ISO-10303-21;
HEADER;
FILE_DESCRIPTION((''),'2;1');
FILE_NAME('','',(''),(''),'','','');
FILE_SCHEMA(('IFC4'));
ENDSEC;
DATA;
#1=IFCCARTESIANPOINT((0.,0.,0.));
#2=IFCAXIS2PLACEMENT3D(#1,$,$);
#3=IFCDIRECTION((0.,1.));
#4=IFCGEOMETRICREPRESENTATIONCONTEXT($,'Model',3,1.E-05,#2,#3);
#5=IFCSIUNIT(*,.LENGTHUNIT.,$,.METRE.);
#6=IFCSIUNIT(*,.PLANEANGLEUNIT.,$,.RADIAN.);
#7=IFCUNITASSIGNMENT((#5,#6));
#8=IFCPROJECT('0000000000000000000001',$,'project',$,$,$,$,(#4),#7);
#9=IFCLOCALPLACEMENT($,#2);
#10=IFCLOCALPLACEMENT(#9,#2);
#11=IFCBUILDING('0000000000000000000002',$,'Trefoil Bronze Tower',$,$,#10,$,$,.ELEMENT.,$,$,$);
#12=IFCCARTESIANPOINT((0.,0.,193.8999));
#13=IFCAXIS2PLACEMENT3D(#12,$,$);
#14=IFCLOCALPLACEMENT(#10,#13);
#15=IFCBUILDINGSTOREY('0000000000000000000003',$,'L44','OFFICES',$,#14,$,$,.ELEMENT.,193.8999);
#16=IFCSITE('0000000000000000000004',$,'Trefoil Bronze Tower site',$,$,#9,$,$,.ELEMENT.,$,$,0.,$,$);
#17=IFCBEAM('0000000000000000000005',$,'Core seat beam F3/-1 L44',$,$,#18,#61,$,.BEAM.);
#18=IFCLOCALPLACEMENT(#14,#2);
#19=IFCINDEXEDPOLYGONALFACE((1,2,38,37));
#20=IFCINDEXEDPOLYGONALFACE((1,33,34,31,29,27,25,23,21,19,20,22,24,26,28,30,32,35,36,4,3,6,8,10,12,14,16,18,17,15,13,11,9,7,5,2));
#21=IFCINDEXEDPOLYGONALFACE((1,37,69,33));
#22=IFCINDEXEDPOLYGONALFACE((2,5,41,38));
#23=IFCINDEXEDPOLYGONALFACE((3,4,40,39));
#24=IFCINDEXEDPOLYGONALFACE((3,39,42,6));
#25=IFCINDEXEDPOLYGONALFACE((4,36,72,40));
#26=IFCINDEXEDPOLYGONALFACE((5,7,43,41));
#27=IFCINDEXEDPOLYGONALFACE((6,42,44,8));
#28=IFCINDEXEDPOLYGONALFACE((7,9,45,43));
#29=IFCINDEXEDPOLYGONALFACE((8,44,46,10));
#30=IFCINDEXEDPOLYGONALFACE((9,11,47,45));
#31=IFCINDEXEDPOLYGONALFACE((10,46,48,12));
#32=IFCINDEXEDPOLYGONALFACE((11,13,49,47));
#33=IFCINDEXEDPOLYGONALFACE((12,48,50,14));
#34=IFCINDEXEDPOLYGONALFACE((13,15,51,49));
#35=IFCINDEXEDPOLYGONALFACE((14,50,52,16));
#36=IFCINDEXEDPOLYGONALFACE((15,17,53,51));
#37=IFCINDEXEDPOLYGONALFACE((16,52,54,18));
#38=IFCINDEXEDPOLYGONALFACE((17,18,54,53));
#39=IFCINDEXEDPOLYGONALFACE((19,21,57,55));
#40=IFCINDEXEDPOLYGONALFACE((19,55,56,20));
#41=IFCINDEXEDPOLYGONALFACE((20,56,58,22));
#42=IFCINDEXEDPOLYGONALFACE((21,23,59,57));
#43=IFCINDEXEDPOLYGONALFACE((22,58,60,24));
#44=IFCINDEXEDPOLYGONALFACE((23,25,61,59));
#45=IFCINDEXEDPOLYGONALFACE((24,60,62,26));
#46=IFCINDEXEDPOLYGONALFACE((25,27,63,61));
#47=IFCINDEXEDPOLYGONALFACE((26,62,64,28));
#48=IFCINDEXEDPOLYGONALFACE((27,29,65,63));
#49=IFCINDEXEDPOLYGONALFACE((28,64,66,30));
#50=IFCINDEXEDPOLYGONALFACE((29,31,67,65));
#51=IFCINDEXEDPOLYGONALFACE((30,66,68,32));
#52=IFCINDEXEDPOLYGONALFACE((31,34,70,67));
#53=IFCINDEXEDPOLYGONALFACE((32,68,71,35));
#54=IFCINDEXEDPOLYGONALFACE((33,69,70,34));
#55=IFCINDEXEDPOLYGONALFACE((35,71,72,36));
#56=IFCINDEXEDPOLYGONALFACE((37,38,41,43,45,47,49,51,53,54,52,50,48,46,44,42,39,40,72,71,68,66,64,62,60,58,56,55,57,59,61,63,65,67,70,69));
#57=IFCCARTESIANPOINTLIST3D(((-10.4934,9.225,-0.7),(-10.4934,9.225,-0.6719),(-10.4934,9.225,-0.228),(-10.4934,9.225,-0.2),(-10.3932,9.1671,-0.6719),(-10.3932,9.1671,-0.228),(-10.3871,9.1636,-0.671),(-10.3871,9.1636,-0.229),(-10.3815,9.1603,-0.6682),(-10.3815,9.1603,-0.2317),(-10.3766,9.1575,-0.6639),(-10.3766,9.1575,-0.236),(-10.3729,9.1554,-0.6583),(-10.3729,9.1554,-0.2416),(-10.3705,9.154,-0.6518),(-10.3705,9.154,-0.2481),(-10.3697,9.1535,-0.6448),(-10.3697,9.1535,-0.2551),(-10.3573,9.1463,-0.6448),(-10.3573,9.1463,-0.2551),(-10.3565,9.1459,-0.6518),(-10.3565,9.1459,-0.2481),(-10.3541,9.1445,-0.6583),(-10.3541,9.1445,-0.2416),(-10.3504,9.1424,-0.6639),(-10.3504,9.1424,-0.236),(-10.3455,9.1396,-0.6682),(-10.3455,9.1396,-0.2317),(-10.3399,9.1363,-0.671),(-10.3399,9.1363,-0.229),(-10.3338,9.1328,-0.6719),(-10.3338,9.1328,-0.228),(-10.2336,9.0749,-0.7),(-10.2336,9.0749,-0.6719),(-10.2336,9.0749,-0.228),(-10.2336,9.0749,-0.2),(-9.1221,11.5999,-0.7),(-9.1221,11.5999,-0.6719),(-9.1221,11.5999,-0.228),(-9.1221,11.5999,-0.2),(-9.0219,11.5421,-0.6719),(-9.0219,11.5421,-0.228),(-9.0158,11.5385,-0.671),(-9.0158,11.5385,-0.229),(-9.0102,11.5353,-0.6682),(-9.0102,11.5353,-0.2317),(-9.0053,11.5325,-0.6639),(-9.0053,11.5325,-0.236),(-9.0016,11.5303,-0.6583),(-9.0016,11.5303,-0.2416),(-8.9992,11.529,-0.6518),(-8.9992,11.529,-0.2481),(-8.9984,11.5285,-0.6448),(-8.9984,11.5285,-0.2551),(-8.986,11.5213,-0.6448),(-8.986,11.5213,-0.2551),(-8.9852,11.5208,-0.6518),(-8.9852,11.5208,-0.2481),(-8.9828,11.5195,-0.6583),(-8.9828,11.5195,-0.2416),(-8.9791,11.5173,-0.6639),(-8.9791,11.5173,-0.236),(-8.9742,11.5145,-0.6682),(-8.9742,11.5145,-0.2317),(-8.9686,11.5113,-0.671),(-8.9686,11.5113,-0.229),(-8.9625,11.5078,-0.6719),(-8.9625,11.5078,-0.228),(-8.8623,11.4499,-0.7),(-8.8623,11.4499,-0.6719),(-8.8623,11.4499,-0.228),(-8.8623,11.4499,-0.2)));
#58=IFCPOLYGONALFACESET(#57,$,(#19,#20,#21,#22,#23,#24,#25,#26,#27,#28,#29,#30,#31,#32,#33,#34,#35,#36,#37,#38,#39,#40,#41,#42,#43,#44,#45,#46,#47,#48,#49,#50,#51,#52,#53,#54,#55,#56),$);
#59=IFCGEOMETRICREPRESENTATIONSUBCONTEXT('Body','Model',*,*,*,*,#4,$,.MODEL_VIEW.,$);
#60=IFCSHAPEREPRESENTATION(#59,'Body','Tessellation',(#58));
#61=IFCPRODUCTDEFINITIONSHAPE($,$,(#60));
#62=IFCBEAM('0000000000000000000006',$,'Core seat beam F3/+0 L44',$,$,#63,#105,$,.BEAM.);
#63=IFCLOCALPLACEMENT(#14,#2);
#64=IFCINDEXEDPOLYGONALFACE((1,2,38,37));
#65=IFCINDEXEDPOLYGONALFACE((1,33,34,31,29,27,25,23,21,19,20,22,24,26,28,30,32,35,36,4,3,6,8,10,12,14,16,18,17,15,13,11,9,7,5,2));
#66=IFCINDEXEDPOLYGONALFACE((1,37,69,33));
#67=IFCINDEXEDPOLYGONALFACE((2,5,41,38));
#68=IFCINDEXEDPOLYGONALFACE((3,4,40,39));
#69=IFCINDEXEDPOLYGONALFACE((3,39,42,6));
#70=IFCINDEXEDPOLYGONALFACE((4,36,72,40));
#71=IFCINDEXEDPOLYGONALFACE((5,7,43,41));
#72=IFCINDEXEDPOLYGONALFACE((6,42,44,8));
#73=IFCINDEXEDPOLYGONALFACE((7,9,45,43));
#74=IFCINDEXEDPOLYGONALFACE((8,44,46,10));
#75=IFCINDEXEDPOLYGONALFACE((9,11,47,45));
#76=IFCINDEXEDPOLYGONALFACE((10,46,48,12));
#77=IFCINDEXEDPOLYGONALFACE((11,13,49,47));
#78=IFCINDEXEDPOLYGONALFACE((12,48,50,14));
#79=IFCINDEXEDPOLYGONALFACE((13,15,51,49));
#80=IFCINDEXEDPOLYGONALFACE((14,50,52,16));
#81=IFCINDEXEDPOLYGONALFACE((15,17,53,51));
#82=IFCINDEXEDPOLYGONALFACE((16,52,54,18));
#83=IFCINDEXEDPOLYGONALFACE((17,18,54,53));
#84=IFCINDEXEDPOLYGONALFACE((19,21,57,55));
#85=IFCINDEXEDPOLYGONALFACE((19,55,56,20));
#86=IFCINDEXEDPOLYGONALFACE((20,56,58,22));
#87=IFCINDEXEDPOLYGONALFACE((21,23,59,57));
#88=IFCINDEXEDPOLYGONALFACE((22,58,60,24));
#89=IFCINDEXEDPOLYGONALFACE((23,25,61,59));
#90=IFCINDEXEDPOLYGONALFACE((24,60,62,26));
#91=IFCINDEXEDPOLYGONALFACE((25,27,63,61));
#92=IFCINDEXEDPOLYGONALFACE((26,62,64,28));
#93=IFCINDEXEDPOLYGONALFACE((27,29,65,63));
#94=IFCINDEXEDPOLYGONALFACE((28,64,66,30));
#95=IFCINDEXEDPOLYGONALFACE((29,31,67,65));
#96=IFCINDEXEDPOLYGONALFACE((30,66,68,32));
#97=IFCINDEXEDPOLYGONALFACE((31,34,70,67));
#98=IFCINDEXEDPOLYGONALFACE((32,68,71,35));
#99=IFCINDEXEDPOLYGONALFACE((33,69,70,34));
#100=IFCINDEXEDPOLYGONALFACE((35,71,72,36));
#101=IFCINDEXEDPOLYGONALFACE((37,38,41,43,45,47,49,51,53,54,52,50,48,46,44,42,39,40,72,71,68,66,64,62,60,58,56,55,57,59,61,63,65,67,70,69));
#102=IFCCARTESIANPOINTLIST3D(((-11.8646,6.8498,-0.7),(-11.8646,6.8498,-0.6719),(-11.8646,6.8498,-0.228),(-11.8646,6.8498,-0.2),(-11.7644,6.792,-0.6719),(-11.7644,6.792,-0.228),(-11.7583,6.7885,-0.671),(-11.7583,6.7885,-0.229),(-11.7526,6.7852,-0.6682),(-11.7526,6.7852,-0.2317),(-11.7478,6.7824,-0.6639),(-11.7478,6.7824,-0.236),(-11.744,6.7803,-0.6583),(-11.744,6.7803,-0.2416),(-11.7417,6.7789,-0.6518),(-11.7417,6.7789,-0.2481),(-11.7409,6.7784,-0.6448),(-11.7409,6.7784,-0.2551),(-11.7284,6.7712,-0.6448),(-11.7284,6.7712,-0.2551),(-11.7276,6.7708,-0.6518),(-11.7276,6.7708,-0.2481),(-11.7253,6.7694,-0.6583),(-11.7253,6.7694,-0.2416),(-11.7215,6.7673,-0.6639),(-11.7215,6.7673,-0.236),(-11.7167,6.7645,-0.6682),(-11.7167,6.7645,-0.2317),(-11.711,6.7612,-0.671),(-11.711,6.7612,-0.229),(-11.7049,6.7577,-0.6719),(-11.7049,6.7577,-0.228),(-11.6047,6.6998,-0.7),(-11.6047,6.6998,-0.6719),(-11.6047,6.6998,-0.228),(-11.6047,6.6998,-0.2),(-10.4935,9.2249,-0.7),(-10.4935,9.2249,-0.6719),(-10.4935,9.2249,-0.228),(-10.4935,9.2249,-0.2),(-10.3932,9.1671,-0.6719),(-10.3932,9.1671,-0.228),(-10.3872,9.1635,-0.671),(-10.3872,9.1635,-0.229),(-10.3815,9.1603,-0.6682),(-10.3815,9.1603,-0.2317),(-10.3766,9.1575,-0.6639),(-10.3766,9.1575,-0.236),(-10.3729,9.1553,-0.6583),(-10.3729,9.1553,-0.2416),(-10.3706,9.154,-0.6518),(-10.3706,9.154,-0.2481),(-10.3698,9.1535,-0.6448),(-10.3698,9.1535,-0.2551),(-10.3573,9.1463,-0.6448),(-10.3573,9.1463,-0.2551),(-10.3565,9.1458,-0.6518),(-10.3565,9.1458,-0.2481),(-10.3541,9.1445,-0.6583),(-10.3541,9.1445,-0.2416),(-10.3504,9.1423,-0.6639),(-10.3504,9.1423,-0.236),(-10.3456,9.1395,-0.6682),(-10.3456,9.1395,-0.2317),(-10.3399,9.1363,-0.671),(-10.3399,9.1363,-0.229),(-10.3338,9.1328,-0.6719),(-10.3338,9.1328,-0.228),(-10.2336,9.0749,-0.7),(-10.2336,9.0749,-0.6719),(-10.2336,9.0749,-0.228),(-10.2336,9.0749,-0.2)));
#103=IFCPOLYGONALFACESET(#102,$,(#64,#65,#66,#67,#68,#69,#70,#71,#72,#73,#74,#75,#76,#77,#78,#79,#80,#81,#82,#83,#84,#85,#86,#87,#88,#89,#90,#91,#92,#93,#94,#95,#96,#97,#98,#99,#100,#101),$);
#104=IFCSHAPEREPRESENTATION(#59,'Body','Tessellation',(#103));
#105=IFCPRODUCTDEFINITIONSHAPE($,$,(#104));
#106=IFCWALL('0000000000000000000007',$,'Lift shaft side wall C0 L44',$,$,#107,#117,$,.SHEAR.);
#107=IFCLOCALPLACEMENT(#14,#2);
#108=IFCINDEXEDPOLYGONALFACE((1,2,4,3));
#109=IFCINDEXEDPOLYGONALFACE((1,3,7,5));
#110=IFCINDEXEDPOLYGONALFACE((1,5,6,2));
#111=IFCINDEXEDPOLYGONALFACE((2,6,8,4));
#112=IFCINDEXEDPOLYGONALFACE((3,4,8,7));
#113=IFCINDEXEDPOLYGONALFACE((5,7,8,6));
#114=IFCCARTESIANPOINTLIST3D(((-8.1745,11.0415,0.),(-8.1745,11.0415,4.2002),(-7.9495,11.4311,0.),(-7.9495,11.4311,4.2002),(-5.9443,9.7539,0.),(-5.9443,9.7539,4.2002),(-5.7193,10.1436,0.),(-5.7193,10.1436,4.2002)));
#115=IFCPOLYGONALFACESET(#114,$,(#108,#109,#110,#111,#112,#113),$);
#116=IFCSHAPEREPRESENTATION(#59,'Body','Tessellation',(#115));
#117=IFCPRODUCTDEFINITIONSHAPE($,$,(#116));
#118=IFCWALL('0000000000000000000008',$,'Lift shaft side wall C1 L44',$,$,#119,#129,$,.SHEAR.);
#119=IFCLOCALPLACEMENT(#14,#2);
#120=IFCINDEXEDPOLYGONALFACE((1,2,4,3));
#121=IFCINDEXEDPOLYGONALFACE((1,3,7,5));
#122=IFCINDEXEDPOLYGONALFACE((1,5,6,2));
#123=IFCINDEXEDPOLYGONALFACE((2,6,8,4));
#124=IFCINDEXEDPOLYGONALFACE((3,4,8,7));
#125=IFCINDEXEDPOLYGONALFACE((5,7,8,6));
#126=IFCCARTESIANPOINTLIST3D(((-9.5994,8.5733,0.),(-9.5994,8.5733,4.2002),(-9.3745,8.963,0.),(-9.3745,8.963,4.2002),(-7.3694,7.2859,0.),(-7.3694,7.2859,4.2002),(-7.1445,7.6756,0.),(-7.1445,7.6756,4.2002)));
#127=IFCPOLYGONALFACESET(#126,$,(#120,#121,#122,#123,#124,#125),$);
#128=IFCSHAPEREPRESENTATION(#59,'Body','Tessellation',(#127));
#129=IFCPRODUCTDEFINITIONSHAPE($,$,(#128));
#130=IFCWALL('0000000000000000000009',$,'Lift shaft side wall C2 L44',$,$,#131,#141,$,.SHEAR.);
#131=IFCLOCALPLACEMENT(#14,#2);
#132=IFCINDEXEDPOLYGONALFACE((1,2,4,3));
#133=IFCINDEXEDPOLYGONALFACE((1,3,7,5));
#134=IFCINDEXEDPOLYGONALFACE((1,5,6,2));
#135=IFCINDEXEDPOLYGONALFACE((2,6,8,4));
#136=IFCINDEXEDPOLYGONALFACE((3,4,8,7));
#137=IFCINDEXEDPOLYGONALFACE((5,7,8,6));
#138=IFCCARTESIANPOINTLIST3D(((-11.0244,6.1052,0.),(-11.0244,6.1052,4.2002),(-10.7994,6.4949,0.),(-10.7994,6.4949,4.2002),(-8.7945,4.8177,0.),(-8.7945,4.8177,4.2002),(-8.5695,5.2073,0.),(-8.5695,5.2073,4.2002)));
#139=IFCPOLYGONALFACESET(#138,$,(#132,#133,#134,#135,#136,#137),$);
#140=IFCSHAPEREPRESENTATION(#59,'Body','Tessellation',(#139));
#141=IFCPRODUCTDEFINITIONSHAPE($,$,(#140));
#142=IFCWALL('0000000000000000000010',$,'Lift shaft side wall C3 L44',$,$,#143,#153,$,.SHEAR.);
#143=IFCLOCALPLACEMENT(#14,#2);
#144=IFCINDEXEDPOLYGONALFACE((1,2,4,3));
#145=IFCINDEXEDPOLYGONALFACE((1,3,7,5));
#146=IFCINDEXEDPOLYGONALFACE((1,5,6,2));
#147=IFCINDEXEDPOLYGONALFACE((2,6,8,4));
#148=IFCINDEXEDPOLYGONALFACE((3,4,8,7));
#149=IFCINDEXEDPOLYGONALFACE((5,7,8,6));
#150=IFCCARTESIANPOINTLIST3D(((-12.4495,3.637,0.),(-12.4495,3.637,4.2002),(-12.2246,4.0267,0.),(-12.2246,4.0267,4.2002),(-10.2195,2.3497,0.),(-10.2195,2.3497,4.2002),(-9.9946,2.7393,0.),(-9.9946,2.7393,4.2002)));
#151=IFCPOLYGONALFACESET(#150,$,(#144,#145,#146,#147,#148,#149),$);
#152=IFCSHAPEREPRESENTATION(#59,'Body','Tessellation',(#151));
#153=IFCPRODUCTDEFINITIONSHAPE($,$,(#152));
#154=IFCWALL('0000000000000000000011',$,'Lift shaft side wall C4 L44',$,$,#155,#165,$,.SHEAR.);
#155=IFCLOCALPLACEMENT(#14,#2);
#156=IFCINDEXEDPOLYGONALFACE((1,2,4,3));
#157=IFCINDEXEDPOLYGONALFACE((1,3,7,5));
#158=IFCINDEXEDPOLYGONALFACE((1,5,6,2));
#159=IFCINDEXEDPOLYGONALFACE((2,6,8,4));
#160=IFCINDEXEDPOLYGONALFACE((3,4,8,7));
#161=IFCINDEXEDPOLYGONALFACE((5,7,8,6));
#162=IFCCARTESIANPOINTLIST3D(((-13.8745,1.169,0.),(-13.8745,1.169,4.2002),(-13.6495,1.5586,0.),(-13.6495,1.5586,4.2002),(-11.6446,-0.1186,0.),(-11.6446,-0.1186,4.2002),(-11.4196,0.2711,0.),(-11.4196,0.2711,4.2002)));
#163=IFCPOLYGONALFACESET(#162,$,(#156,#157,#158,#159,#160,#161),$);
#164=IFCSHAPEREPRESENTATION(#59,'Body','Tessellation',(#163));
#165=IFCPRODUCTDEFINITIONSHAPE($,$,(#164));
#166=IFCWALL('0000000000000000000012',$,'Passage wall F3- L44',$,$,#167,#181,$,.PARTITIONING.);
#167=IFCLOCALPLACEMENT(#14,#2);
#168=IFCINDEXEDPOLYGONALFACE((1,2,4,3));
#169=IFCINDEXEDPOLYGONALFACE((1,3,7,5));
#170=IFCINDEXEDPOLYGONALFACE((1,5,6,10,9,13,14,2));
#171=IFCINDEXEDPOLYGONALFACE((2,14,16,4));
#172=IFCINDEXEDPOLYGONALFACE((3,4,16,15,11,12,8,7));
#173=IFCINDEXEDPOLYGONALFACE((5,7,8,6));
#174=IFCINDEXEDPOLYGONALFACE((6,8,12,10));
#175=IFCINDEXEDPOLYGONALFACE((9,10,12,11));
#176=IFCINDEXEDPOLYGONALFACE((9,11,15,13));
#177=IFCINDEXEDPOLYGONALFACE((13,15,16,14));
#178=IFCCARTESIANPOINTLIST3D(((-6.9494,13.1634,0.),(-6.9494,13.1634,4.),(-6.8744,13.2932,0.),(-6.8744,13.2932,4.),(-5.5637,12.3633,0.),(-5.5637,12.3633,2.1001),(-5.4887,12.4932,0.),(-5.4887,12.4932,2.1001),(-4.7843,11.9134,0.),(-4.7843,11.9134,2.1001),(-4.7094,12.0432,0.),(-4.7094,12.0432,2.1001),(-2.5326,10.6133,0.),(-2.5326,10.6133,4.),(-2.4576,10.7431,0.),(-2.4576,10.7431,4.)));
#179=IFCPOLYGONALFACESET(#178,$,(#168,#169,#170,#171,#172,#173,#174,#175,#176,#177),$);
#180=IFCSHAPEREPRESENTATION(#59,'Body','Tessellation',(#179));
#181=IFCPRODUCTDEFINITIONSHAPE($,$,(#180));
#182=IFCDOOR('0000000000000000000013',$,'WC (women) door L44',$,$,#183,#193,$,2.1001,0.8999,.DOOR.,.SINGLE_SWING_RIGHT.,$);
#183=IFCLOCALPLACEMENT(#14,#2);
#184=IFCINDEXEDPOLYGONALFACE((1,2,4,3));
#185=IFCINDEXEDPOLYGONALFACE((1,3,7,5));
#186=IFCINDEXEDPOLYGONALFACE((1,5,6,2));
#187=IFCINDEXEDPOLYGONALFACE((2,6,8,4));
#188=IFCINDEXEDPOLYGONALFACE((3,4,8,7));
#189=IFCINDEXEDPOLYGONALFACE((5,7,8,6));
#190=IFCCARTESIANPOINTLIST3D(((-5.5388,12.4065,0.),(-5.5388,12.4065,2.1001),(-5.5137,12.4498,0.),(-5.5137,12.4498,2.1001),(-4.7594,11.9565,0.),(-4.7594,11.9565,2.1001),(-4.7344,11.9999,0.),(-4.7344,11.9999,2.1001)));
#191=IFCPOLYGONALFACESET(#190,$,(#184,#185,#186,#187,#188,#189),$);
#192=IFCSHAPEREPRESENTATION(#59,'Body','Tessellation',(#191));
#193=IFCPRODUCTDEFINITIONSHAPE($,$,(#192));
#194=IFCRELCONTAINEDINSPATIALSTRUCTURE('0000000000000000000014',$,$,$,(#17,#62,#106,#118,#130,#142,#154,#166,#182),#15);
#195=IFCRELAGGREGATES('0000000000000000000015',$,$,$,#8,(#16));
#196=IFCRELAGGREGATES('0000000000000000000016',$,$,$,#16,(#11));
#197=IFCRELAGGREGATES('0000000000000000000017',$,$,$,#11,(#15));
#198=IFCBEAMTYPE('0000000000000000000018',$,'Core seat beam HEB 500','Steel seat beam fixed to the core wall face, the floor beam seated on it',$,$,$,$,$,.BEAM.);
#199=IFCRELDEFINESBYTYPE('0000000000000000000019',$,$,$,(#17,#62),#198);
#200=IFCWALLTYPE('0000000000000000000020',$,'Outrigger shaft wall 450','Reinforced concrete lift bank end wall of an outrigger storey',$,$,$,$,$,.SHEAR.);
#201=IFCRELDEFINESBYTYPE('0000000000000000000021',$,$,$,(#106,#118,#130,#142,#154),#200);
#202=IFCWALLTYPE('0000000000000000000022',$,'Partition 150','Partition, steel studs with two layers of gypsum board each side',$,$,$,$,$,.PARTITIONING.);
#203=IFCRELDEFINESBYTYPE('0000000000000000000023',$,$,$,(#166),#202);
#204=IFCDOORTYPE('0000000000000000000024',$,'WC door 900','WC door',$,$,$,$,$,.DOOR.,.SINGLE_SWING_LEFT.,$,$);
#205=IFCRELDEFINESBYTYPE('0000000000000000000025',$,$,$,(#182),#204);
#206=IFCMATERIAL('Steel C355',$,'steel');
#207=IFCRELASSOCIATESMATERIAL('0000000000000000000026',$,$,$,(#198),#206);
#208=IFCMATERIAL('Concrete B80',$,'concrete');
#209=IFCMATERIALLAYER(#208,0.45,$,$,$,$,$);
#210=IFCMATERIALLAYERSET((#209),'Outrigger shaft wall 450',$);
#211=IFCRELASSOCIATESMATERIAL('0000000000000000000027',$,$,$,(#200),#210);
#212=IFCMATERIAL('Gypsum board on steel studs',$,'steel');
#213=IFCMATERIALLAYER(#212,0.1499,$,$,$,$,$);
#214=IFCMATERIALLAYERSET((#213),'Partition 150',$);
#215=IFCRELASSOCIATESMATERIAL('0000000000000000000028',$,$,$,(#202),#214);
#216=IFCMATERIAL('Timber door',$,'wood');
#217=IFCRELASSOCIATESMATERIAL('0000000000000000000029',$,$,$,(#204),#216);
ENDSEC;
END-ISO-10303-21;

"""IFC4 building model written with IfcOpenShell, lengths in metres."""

from ifc_helpers import new_model, si_unit, direction, frame, frame_2d, origin, origin_2d, place, context, subcontext, project, spatial, rectangle, i_section, extrude, material, layer, layer_set, material_profile, profile_set, type_object, element, fill, save


model = new_model("IFC4")

# Units and contexts
model_context = context("Model", 3, precision=1e-05, world=origin(), true_north=direction((0.0, 1.0)))
body_context = subcontext(model_context, "Body", "Model", "MODEL_VIEW")
ifc_project = project(units=[si_unit("LENGTHUNIT", "METRE"), si_unit("PLANEANGLEUNIT", "RADIAN")], contexts=[model_context])

# Site, building, storey
site_placement = place(None, origin())
site = spatial("IfcSite", under=ifc_project, at=site_placement, Name="Trefoil Bronze Tower site", CompositionType="ELEMENT", RefElevation=0.0)
building_placement = place(site_placement, origin())
building = spatial("IfcBuilding", under=site, at=building_placement, Name="Trefoil Bronze Tower", CompositionType="ELEMENT")
storey_placement = place(building_placement, frame((0.0, 0.0, 193.8999)))
storey = spatial("IfcBuildingStorey", under=building, at=storey_placement, Name="L44", Description="OFFICES", CompositionType="ELEMENT", Elevation=193.8999)

# Beams
ifc_material_1 = material(Name="Steel C355", Category="steel")
ifc_material_profile = material_profile(ifc_material_1, i_section(OverallWidth=0.3, OverallDepth=0.5, WebThickness=0.0144, FlangeThickness=0.0281, FilletRadius=0.0271, at=origin_2d()), Name="HEB 500")
ifc_profile_set = profile_set([ifc_material_profile], Name="Steel C355")
beam_type = type_object("IfcBeamType", Name="Core seat beam HEB 500", Description="Steel seat beam fixed to the core wall face, the floor beam seated on it", PredefinedType="BEAM", material=ifc_profile_set)
for number, where, z_axis, x_axis, name in (
    (1, (-8.9922, 11.5249, -0.45), (-0.500036, -0.866005, 0.0), (0.866005, -0.500036, 0.0), "Core seat beam F3/-1 L44"),
    (2, (-10.3635, 9.1499, -0.45), (-0.499969, -0.866043, 0.0), (0.866043, -0.499969, 0.0), "Core seat beam F3/+0 L44"),
):
    element("IfcBeam", number, at=place(storey_placement, frame(where, z_axis=z_axis, x_axis=x_axis)), inside=storey, type_object=beam_type, Name=name, PredefinedType="BEAM", context=body_context, shape_type="SweptSolid", body=[
        extrude(i_section(OverallWidth=0.3, OverallDepth=0.5, WebThickness=0.0144, FlangeThickness=0.0281, FilletRadius=0.0271, at=origin_2d()), origin(), (0.0, 0.0, 1.0), 2.7424),
    ])

# Walls
ifc_material_2 = material(Name="Concrete B80", Category="concrete")
ifc_layer_1 = layer(ifc_material_2, 0.45)
ifc_layer_set_1 = layer_set([ifc_layer_1], Name="Outrigger shaft wall 450")
wall_type_1 = type_object("IfcWallType", Name="Outrigger shaft wall 450", Description="Reinforced concrete lift bank end wall of an outrigger storey", PredefinedType="SHEAR", material=ifc_layer_set_1)
wall_1_placement = place(storey_placement, frame((-5.8318, 9.9487, 0.0), z_axis=(0.0, 0.0, 1.0), x_axis=(-0.866029, 0.499993, 0.0)))
element("IfcWall", 3, at=wall_1_placement, inside=storey, type_object=wall_type_1, Name="Lift shaft side wall C0 L44", PredefinedType="SHEAR", context=body_context, shape_type="SweptSolid", body=[
    extrude(rectangle(XDim=2.5752, YDim=0.45, at=frame_2d((1.2876, 0.0))), origin(), (0.0, 0.0, 1.0), 4.2002),
])
for number, where, z_axis, x_axis, name in (
    (4, (-7.2568, 7.4807, 0.0), (0.0, 0.0, 1.0), (-0.866047, 0.499963, 0.0), "Lift shaft side wall C1 L44"),
    (5, (-8.6819, 5.0125, 0.0), (0.0, 0.0, 1.0), (-0.866006, 0.500034, 0.0), "Lift shaft side wall C2 L44"),
    (6, (-10.1069, 2.5444, 0.0), (0.0, 0.0, 1.0), (-0.866047, 0.499963, 0.0), "Lift shaft side wall C3 L44"),
    (7, (-11.532, 0.0762, 0.0), (0.0, 0.0, 1.0), (-0.866006, 0.500034, 0.0), "Lift shaft side wall C4 L44"),
):
    element("IfcWall", number, at=place(storey_placement, frame(where, z_axis=z_axis, x_axis=x_axis)), inside=storey, type_object=wall_type_1, Name=name, PredefinedType="SHEAR", context=body_context, shape_type="SweptSolid", body=[
        extrude(rectangle(XDim=2.575, YDim=0.45, at=frame_2d((1.2876, 0.0))), origin(), (0.0, 0.0, 1.0), 4.2002),
    ])

# Wall, opening, door
ifc_material_3 = material(Name="Gypsum board on steel studs", Category="steel")
ifc_layer_2 = layer(ifc_material_3, 0.1499)
ifc_layer_set_2 = layer_set([ifc_layer_2], Name="Partition 150")
wall_type_2 = type_object("IfcWallType", Name="Partition 150", Description="Partition, steel studs with two layers of gypsum board each side", PredefinedType="PARTITIONING", material=ifc_layer_set_2)
wall_2_placement = place(storey_placement, frame((-2.4951, 10.6782, 0.0), z_axis=(0.0, 0.0, 1.0), x_axis=(-0.866022, 0.500006, 0.0)))
wall_2 = element("IfcWall", 8, at=wall_2_placement, inside=storey, type_object=wall_type_2, Name="Passage wall F3- L44", PredefinedType="PARTITIONING", context=body_context, shape_type="SweptSolid", body=[
    extrude(rectangle(XDim=5.1001, YDim=0.1499, at=frame_2d((2.55, 0.0))), origin(), (0.0, 0.0, 1.0), 4.0),
])
opening_1_placement = place(wall_2_placement, frame((2.6001, 0.0, 0.0)))
opening_1 = element("IfcOpeningElement", 9, at=opening_1_placement, cuts=wall_2, PredefinedType="OPENING", context=body_context, shape_type="SweptSolid", body=[
    extrude(rectangle(XDim=0.8999, YDim=2.1001, at=frame_2d((0.45, 1.05))), frame((0.0, 0.085, 0.0), z_axis=(0.0, -1.0, 0.0), x_axis=(1.0, 0.0, 0.0)), (0.0, 0.0, 1.0), 0.1699),
])
ifc_material_4 = material(Name="Timber door", Category="wood")
door_type_1 = type_object("IfcDoorType", Name="WC door 900", Description="WC door", OperationType="SINGLE_SWING_LEFT", PredefinedType="DOOR", material=ifc_material_4)
door_1_placement = place(opening_1_placement, frame((0.8999, 0.0, 0.0), z_axis=(0.0, 0.0, 1.0), x_axis=(-1.0, 0.0, 0.0)))
door_1 = element("IfcDoor", 10, at=door_1_placement, inside=storey, type_object=door_type_1, Name="WC (women) door L44", OperationType="SINGLE_SWING_RIGHT", OverallHeight=2.1001, OverallWidth=0.8999, PredefinedType="DOOR", context=body_context, shape_type="SweptSolid", body=[
    extrude(rectangle(XDim=0.8999, YDim=2.1001, at=frame_2d((0.45, 1.05))), frame((0.0, 0.0249, 0.0), z_axis=(0.0, -1.0, 0.0), x_axis=(1.0, 0.0, 0.0)), (0.0, 0.0, 1.0), 0.05),
])
fill(opening_1, door_1)

save(model, "model.ifc")
